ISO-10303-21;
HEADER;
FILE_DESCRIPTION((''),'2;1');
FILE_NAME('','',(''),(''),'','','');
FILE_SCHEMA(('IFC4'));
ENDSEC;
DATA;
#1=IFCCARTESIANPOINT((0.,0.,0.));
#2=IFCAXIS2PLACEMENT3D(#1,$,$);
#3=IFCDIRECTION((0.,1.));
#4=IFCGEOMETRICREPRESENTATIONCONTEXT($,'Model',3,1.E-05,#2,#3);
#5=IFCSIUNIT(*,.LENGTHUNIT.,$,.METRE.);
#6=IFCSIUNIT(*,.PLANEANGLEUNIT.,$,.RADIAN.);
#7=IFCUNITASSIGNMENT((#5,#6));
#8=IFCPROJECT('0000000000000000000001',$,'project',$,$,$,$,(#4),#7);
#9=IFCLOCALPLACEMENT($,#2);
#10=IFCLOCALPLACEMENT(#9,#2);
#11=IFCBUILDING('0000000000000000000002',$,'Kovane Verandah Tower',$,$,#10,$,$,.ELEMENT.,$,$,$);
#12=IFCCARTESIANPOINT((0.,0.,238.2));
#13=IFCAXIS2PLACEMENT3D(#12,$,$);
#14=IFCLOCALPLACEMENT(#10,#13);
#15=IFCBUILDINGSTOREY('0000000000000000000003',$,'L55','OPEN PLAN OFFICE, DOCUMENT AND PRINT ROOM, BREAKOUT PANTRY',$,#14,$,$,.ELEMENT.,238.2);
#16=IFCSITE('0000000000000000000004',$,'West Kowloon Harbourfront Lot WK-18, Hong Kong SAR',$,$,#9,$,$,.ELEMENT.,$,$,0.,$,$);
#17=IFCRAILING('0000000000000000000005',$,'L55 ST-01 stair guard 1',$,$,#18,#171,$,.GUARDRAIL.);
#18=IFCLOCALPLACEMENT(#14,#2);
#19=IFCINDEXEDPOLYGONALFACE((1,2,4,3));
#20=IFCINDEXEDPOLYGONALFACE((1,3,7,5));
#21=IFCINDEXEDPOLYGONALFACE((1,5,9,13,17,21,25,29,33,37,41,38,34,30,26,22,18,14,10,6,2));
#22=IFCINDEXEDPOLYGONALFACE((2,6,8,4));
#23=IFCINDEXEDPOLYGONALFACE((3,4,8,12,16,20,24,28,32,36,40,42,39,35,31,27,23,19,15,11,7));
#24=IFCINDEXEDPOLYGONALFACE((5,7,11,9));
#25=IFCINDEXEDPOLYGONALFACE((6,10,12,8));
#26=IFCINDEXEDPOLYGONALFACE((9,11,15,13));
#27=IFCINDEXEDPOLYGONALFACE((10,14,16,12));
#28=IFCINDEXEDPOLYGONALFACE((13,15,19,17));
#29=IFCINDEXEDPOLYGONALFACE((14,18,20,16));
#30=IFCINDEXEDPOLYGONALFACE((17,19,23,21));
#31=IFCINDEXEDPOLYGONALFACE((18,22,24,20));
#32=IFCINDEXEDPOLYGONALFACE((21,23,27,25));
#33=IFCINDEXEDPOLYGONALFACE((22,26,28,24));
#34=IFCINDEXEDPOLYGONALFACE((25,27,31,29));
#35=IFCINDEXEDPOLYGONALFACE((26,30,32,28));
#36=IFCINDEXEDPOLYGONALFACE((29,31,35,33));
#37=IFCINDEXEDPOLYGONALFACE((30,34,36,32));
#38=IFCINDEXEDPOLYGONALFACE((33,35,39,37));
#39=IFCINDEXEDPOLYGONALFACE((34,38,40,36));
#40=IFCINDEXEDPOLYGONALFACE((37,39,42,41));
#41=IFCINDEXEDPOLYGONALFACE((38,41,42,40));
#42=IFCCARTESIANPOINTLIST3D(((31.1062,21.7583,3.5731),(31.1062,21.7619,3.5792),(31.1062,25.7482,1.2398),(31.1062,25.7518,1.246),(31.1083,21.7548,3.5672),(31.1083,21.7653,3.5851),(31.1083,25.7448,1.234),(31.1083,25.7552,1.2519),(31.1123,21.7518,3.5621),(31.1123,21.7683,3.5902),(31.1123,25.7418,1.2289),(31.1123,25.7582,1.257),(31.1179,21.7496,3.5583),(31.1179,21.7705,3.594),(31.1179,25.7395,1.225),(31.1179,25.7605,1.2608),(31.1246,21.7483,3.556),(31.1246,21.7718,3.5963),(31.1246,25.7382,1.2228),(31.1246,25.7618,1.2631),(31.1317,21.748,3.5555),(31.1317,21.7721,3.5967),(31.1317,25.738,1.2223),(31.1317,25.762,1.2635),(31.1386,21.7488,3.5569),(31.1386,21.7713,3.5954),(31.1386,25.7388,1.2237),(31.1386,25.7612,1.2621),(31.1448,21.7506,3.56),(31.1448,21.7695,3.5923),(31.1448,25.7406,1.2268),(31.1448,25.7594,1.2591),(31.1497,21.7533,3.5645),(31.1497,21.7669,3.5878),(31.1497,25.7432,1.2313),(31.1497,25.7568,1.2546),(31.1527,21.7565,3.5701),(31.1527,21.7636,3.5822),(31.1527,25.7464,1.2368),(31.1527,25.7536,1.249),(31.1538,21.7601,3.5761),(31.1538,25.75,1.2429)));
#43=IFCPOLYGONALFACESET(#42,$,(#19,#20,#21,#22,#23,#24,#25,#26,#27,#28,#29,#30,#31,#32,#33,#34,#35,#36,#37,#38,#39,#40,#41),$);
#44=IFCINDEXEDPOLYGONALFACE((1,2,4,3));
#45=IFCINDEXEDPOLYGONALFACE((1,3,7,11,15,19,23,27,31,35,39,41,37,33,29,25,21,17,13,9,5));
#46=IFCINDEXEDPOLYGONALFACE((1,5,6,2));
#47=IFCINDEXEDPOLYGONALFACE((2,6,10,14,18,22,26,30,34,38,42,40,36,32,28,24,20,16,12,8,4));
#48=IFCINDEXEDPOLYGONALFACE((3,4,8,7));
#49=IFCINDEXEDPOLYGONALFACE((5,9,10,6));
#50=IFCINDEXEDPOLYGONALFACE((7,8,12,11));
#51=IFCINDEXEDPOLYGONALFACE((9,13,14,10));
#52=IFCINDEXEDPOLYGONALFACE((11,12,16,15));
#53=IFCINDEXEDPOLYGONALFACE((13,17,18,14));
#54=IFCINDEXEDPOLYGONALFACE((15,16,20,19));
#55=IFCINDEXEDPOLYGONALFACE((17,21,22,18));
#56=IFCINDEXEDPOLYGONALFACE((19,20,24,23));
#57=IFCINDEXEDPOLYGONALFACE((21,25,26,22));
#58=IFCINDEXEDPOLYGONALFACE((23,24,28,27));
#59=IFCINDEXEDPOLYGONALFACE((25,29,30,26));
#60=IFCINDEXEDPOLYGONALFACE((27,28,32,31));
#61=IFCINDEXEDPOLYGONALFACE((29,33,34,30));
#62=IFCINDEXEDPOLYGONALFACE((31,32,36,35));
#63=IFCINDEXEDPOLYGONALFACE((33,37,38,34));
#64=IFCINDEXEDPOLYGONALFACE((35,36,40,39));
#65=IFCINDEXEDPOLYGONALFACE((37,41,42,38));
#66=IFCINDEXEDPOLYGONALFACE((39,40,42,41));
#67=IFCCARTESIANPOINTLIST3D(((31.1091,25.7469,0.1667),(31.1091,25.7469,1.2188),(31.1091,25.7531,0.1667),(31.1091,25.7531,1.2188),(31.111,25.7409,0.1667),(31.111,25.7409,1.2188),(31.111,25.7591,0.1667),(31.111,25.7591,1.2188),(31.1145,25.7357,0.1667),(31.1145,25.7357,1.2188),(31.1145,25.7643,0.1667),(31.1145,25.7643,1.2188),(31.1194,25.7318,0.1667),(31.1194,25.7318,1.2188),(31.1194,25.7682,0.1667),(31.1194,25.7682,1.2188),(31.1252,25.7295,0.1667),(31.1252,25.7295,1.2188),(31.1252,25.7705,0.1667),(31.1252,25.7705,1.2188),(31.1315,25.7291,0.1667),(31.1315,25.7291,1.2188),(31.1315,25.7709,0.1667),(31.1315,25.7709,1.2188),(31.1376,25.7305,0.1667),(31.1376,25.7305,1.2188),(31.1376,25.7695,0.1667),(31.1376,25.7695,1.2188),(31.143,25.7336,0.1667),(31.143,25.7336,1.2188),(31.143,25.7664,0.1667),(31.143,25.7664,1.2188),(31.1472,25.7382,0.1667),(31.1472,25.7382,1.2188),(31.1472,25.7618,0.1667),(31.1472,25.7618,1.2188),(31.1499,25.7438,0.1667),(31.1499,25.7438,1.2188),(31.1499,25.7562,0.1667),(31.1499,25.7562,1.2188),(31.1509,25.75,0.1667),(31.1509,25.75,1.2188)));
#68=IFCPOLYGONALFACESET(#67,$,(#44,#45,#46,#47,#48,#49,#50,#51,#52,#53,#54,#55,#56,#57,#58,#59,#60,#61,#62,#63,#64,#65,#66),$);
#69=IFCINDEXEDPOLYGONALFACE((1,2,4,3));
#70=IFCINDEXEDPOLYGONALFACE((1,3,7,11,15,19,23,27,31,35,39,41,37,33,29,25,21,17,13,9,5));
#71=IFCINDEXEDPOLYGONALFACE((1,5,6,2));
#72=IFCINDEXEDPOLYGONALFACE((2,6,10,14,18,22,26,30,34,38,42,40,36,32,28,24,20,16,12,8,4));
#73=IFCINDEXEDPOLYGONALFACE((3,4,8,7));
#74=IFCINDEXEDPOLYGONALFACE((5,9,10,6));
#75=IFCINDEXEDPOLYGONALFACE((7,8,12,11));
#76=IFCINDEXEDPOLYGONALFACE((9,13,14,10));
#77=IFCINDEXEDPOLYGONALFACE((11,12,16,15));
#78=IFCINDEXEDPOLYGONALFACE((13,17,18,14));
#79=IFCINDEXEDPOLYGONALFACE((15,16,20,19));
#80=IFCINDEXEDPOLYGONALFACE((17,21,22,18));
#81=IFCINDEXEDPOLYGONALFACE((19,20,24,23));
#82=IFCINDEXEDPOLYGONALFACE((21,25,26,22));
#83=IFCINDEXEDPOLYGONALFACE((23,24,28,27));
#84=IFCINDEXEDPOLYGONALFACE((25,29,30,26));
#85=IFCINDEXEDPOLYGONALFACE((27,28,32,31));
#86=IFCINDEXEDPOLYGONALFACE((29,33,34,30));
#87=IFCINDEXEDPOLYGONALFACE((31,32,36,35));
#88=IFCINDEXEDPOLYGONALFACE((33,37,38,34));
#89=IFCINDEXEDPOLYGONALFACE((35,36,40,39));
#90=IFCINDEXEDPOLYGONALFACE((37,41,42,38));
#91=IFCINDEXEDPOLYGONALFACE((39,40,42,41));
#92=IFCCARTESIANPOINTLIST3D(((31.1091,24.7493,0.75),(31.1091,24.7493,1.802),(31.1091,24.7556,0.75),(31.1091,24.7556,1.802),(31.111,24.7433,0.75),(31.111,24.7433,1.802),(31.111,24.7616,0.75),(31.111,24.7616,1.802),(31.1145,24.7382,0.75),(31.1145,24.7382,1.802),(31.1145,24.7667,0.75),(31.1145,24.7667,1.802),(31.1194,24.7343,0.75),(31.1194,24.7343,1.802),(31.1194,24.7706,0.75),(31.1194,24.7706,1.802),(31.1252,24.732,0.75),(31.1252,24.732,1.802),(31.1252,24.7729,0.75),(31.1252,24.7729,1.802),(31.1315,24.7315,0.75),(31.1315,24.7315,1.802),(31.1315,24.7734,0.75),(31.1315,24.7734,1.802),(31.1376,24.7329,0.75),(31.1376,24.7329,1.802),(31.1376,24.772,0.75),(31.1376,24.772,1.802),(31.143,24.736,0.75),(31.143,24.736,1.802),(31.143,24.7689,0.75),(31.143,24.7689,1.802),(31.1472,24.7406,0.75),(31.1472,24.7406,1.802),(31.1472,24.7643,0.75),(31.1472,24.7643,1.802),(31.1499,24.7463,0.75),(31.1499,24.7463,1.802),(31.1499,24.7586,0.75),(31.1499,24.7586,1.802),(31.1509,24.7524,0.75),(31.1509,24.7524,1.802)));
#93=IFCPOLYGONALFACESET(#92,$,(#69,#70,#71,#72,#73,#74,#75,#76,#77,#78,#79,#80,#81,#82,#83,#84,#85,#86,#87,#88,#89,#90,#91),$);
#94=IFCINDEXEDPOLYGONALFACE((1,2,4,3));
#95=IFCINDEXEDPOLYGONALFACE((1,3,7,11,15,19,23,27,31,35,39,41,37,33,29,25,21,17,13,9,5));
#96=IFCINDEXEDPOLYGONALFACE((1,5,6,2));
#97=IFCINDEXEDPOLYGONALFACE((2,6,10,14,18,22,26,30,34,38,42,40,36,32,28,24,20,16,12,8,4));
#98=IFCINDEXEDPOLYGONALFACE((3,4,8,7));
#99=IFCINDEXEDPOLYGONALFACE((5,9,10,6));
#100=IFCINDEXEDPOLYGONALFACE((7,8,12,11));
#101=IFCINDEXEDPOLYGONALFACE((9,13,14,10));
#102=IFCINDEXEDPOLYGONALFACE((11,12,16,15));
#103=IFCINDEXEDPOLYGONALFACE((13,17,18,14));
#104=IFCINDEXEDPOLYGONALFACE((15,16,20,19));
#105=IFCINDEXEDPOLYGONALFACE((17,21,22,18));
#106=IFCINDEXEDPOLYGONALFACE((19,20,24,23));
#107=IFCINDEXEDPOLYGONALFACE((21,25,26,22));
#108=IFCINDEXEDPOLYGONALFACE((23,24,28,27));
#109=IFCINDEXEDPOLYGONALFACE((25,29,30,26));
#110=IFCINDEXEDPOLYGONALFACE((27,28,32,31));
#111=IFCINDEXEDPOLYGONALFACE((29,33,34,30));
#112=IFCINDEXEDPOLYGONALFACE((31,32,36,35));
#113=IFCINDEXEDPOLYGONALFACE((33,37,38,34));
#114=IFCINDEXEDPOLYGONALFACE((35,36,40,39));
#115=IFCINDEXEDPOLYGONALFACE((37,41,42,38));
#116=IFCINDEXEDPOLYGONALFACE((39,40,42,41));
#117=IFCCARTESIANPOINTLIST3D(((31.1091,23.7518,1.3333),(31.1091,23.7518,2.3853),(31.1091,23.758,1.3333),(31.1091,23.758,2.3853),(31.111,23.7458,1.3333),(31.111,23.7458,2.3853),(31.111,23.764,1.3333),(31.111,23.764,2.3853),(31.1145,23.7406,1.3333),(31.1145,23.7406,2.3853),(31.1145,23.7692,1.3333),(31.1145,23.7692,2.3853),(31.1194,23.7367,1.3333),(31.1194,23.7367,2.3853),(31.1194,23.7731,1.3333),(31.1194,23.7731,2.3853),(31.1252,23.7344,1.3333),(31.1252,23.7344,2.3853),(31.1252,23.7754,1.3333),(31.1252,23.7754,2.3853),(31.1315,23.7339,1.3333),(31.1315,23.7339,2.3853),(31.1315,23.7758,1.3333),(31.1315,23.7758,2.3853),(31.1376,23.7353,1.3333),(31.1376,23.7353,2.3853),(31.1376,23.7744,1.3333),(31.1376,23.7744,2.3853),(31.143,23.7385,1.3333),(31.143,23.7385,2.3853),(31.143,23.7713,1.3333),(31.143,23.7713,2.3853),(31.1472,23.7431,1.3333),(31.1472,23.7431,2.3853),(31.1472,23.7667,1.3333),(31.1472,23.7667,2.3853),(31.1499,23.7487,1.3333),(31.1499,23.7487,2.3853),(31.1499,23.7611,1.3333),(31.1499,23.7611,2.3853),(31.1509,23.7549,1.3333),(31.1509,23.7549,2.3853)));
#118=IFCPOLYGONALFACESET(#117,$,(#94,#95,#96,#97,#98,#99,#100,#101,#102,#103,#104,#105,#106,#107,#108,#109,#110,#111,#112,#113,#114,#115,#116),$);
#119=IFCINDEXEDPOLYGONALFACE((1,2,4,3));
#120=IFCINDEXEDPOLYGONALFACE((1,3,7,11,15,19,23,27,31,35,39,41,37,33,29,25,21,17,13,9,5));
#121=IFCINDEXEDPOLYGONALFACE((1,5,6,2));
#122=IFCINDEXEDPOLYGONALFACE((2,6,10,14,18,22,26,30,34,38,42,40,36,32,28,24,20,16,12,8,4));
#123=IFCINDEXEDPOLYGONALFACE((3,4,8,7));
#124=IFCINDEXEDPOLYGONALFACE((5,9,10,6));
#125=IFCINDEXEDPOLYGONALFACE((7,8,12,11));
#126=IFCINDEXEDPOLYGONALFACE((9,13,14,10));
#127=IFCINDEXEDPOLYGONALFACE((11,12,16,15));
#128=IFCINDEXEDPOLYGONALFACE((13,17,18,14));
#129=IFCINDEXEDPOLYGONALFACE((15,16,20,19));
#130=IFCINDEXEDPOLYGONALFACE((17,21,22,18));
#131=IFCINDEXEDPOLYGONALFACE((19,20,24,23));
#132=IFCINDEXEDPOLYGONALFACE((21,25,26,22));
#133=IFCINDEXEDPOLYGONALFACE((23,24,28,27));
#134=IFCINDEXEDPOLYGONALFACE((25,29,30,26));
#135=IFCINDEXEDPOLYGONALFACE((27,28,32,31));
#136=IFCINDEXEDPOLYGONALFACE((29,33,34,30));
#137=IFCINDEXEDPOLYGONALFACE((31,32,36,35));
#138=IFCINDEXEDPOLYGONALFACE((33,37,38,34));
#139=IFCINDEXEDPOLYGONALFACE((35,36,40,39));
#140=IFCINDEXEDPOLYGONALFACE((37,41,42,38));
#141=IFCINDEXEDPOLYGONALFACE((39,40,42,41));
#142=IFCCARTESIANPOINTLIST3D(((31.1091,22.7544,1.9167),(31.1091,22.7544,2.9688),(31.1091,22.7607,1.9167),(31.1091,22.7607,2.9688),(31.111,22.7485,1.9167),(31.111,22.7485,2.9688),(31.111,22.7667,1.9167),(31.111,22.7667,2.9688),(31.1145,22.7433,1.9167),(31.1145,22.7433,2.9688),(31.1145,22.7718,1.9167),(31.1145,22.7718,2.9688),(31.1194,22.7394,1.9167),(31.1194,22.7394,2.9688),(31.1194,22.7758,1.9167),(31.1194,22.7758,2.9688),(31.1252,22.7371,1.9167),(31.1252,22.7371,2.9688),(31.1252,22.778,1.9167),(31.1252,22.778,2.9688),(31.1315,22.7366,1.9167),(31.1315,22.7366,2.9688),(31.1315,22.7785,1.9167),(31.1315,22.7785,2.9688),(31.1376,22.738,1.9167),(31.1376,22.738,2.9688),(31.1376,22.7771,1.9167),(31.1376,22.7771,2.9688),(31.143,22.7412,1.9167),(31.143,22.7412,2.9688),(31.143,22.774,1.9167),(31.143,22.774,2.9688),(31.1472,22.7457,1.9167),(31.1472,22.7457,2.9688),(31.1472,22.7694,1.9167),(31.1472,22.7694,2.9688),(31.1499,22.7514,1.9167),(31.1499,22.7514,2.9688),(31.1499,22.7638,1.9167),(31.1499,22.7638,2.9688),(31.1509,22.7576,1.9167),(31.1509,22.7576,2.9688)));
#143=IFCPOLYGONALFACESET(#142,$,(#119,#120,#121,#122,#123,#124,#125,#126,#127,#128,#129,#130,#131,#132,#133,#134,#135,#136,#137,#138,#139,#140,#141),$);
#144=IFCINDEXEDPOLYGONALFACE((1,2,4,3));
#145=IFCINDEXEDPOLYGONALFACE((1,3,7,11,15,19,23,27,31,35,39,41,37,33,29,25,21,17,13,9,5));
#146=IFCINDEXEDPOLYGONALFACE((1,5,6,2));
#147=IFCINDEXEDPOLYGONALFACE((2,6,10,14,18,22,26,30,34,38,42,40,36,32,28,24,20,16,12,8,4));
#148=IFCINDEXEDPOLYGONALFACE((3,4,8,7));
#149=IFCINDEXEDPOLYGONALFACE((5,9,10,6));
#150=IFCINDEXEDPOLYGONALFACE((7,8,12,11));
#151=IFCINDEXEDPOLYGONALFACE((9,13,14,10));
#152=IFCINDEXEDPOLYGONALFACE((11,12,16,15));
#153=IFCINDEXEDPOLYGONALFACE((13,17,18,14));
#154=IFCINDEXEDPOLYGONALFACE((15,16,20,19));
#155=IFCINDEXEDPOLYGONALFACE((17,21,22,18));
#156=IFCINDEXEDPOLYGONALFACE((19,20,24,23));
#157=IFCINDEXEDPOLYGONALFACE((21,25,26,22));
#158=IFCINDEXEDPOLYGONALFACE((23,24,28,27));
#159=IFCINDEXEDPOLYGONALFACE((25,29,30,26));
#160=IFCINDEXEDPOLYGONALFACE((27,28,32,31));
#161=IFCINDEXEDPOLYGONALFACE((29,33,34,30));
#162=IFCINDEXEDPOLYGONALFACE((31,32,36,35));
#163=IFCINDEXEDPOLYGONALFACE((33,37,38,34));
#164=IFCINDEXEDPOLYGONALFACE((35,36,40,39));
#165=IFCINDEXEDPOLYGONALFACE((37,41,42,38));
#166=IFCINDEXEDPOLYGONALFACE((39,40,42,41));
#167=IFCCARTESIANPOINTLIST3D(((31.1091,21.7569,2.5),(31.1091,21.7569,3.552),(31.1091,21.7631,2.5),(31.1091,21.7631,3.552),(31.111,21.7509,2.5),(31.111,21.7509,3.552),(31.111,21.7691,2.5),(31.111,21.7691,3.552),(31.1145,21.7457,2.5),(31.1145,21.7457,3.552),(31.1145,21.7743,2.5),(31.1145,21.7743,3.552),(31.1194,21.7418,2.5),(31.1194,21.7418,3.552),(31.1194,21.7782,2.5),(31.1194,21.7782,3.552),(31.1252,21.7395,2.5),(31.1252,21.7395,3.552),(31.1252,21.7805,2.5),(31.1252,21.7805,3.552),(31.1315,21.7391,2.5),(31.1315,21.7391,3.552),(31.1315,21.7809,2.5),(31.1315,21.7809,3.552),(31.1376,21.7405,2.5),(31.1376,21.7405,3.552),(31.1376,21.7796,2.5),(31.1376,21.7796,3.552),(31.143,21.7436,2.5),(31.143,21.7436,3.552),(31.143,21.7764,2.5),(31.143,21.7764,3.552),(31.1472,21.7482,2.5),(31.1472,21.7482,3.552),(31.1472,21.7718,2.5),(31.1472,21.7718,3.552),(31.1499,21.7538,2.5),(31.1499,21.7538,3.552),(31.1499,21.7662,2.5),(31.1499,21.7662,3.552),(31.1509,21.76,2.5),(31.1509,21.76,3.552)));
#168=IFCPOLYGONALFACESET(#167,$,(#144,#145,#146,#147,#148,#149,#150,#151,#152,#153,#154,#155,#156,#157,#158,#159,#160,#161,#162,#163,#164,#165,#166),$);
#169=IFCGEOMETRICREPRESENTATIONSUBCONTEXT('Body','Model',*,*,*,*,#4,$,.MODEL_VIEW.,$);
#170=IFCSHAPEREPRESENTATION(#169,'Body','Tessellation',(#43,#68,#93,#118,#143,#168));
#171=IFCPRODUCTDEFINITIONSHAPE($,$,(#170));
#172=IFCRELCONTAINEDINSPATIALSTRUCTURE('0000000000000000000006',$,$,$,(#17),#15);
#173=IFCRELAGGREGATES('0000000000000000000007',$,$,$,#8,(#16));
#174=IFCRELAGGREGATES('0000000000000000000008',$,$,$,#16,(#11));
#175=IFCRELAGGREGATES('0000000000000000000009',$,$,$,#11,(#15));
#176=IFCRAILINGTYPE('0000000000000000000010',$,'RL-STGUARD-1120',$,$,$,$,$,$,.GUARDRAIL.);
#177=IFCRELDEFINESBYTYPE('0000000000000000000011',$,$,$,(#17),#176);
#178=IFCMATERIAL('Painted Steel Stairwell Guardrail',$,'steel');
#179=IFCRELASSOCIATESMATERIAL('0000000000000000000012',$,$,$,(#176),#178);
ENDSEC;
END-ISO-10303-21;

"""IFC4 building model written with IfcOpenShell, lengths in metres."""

from ifc_helpers import new_model, si_unit, direction, frame, origin, origin_2d, place, context, subcontext, project, spatial, circle, extrude, material, type_object, element, save


model = new_model("IFC4")

# Units and contexts
model_context = context("Model", 3, precision=1e-05, world=origin(), true_north=direction((0.0, 1.0)))
body_context = subcontext(model_context, "Body", "Model", "MODEL_VIEW")
ifc_project = project(units=[si_unit("LENGTHUNIT", "METRE"), si_unit("PLANEANGLEUNIT", "RADIAN")], contexts=[model_context])

# Site, building, storey
site_placement = place(None, origin())
site = spatial("IfcSite", under=ifc_project, at=site_placement, Name="West Kowloon Harbourfront Lot WK-18, Hong Kong SAR", CompositionType="ELEMENT", RefElevation=0.0)
building_placement = place(site_placement, origin())
building = spatial("IfcBuilding", under=site, at=building_placement, Name="Kovane Verandah Tower", CompositionType="ELEMENT")
storey_placement = place(building_placement, frame((0.0, 0.0, 238.2)))
storey = spatial("IfcBuildingStorey", under=building, at=storey_placement, Name="L55", Description="OPEN PLAN OFFICE, DOCUMENT AND PRINT ROOM, BREAKOUT PANTRY", CompositionType="ELEMENT", Elevation=238.2)

# Railing
ifc_material_1 = material(Name="Painted Steel Stairwell Guardrail", Category="steel")
railing_type_1 = type_object("IfcRailingType", Name="RL-STGUARD-1120", PredefinedType="GUARDRAIL", material=ifc_material_1)
railing_1_placement = place(storey_placement, frame((31.1299, 25.75, 0.1667)))
element("IfcRailing", 1, at=railing_1_placement, inside=storey, type_object=railing_type_1, Name="L55 ST-01 stair guard 1", PredefinedType="GUARDRAIL", context=body_context, shape_type="SweptSolid", body=[
    extrude(circle(Radius=0.0239, at=origin_2d()), frame((0.0, 0.0, 1.0762), z_axis=(0.0, -0.863236, 0.5048), x_axis=(1.0, 0.0, 0.0)), (0.0, 0.0, 1.0), 4.6221),
    extrude(circle(Radius=0.021, at=origin_2d()), origin(), (0.0, 0.0, 1.0), 1.052),
    extrude(circle(Radius=0.021, at=origin_2d()), frame((0.0, -0.9976, 0.5833)), (0.0, 0.0, 1.0), 1.052),
    extrude(circle(Radius=0.021, at=origin_2d()), frame((0.0, -1.9951, 1.1665)), (0.0, 0.0, 1.0), 1.052),
    extrude(circle(Radius=0.021, at=origin_2d()), frame((0.0, -2.9924, 1.75)), (0.0, 0.0, 1.0), 1.052),
    extrude(circle(Radius=0.021, at=origin_2d()), frame((0.0, -3.99, 2.3333)), (0.0, 0.0, 1.0), 1.052),
])

save(model, "model.ifc")
